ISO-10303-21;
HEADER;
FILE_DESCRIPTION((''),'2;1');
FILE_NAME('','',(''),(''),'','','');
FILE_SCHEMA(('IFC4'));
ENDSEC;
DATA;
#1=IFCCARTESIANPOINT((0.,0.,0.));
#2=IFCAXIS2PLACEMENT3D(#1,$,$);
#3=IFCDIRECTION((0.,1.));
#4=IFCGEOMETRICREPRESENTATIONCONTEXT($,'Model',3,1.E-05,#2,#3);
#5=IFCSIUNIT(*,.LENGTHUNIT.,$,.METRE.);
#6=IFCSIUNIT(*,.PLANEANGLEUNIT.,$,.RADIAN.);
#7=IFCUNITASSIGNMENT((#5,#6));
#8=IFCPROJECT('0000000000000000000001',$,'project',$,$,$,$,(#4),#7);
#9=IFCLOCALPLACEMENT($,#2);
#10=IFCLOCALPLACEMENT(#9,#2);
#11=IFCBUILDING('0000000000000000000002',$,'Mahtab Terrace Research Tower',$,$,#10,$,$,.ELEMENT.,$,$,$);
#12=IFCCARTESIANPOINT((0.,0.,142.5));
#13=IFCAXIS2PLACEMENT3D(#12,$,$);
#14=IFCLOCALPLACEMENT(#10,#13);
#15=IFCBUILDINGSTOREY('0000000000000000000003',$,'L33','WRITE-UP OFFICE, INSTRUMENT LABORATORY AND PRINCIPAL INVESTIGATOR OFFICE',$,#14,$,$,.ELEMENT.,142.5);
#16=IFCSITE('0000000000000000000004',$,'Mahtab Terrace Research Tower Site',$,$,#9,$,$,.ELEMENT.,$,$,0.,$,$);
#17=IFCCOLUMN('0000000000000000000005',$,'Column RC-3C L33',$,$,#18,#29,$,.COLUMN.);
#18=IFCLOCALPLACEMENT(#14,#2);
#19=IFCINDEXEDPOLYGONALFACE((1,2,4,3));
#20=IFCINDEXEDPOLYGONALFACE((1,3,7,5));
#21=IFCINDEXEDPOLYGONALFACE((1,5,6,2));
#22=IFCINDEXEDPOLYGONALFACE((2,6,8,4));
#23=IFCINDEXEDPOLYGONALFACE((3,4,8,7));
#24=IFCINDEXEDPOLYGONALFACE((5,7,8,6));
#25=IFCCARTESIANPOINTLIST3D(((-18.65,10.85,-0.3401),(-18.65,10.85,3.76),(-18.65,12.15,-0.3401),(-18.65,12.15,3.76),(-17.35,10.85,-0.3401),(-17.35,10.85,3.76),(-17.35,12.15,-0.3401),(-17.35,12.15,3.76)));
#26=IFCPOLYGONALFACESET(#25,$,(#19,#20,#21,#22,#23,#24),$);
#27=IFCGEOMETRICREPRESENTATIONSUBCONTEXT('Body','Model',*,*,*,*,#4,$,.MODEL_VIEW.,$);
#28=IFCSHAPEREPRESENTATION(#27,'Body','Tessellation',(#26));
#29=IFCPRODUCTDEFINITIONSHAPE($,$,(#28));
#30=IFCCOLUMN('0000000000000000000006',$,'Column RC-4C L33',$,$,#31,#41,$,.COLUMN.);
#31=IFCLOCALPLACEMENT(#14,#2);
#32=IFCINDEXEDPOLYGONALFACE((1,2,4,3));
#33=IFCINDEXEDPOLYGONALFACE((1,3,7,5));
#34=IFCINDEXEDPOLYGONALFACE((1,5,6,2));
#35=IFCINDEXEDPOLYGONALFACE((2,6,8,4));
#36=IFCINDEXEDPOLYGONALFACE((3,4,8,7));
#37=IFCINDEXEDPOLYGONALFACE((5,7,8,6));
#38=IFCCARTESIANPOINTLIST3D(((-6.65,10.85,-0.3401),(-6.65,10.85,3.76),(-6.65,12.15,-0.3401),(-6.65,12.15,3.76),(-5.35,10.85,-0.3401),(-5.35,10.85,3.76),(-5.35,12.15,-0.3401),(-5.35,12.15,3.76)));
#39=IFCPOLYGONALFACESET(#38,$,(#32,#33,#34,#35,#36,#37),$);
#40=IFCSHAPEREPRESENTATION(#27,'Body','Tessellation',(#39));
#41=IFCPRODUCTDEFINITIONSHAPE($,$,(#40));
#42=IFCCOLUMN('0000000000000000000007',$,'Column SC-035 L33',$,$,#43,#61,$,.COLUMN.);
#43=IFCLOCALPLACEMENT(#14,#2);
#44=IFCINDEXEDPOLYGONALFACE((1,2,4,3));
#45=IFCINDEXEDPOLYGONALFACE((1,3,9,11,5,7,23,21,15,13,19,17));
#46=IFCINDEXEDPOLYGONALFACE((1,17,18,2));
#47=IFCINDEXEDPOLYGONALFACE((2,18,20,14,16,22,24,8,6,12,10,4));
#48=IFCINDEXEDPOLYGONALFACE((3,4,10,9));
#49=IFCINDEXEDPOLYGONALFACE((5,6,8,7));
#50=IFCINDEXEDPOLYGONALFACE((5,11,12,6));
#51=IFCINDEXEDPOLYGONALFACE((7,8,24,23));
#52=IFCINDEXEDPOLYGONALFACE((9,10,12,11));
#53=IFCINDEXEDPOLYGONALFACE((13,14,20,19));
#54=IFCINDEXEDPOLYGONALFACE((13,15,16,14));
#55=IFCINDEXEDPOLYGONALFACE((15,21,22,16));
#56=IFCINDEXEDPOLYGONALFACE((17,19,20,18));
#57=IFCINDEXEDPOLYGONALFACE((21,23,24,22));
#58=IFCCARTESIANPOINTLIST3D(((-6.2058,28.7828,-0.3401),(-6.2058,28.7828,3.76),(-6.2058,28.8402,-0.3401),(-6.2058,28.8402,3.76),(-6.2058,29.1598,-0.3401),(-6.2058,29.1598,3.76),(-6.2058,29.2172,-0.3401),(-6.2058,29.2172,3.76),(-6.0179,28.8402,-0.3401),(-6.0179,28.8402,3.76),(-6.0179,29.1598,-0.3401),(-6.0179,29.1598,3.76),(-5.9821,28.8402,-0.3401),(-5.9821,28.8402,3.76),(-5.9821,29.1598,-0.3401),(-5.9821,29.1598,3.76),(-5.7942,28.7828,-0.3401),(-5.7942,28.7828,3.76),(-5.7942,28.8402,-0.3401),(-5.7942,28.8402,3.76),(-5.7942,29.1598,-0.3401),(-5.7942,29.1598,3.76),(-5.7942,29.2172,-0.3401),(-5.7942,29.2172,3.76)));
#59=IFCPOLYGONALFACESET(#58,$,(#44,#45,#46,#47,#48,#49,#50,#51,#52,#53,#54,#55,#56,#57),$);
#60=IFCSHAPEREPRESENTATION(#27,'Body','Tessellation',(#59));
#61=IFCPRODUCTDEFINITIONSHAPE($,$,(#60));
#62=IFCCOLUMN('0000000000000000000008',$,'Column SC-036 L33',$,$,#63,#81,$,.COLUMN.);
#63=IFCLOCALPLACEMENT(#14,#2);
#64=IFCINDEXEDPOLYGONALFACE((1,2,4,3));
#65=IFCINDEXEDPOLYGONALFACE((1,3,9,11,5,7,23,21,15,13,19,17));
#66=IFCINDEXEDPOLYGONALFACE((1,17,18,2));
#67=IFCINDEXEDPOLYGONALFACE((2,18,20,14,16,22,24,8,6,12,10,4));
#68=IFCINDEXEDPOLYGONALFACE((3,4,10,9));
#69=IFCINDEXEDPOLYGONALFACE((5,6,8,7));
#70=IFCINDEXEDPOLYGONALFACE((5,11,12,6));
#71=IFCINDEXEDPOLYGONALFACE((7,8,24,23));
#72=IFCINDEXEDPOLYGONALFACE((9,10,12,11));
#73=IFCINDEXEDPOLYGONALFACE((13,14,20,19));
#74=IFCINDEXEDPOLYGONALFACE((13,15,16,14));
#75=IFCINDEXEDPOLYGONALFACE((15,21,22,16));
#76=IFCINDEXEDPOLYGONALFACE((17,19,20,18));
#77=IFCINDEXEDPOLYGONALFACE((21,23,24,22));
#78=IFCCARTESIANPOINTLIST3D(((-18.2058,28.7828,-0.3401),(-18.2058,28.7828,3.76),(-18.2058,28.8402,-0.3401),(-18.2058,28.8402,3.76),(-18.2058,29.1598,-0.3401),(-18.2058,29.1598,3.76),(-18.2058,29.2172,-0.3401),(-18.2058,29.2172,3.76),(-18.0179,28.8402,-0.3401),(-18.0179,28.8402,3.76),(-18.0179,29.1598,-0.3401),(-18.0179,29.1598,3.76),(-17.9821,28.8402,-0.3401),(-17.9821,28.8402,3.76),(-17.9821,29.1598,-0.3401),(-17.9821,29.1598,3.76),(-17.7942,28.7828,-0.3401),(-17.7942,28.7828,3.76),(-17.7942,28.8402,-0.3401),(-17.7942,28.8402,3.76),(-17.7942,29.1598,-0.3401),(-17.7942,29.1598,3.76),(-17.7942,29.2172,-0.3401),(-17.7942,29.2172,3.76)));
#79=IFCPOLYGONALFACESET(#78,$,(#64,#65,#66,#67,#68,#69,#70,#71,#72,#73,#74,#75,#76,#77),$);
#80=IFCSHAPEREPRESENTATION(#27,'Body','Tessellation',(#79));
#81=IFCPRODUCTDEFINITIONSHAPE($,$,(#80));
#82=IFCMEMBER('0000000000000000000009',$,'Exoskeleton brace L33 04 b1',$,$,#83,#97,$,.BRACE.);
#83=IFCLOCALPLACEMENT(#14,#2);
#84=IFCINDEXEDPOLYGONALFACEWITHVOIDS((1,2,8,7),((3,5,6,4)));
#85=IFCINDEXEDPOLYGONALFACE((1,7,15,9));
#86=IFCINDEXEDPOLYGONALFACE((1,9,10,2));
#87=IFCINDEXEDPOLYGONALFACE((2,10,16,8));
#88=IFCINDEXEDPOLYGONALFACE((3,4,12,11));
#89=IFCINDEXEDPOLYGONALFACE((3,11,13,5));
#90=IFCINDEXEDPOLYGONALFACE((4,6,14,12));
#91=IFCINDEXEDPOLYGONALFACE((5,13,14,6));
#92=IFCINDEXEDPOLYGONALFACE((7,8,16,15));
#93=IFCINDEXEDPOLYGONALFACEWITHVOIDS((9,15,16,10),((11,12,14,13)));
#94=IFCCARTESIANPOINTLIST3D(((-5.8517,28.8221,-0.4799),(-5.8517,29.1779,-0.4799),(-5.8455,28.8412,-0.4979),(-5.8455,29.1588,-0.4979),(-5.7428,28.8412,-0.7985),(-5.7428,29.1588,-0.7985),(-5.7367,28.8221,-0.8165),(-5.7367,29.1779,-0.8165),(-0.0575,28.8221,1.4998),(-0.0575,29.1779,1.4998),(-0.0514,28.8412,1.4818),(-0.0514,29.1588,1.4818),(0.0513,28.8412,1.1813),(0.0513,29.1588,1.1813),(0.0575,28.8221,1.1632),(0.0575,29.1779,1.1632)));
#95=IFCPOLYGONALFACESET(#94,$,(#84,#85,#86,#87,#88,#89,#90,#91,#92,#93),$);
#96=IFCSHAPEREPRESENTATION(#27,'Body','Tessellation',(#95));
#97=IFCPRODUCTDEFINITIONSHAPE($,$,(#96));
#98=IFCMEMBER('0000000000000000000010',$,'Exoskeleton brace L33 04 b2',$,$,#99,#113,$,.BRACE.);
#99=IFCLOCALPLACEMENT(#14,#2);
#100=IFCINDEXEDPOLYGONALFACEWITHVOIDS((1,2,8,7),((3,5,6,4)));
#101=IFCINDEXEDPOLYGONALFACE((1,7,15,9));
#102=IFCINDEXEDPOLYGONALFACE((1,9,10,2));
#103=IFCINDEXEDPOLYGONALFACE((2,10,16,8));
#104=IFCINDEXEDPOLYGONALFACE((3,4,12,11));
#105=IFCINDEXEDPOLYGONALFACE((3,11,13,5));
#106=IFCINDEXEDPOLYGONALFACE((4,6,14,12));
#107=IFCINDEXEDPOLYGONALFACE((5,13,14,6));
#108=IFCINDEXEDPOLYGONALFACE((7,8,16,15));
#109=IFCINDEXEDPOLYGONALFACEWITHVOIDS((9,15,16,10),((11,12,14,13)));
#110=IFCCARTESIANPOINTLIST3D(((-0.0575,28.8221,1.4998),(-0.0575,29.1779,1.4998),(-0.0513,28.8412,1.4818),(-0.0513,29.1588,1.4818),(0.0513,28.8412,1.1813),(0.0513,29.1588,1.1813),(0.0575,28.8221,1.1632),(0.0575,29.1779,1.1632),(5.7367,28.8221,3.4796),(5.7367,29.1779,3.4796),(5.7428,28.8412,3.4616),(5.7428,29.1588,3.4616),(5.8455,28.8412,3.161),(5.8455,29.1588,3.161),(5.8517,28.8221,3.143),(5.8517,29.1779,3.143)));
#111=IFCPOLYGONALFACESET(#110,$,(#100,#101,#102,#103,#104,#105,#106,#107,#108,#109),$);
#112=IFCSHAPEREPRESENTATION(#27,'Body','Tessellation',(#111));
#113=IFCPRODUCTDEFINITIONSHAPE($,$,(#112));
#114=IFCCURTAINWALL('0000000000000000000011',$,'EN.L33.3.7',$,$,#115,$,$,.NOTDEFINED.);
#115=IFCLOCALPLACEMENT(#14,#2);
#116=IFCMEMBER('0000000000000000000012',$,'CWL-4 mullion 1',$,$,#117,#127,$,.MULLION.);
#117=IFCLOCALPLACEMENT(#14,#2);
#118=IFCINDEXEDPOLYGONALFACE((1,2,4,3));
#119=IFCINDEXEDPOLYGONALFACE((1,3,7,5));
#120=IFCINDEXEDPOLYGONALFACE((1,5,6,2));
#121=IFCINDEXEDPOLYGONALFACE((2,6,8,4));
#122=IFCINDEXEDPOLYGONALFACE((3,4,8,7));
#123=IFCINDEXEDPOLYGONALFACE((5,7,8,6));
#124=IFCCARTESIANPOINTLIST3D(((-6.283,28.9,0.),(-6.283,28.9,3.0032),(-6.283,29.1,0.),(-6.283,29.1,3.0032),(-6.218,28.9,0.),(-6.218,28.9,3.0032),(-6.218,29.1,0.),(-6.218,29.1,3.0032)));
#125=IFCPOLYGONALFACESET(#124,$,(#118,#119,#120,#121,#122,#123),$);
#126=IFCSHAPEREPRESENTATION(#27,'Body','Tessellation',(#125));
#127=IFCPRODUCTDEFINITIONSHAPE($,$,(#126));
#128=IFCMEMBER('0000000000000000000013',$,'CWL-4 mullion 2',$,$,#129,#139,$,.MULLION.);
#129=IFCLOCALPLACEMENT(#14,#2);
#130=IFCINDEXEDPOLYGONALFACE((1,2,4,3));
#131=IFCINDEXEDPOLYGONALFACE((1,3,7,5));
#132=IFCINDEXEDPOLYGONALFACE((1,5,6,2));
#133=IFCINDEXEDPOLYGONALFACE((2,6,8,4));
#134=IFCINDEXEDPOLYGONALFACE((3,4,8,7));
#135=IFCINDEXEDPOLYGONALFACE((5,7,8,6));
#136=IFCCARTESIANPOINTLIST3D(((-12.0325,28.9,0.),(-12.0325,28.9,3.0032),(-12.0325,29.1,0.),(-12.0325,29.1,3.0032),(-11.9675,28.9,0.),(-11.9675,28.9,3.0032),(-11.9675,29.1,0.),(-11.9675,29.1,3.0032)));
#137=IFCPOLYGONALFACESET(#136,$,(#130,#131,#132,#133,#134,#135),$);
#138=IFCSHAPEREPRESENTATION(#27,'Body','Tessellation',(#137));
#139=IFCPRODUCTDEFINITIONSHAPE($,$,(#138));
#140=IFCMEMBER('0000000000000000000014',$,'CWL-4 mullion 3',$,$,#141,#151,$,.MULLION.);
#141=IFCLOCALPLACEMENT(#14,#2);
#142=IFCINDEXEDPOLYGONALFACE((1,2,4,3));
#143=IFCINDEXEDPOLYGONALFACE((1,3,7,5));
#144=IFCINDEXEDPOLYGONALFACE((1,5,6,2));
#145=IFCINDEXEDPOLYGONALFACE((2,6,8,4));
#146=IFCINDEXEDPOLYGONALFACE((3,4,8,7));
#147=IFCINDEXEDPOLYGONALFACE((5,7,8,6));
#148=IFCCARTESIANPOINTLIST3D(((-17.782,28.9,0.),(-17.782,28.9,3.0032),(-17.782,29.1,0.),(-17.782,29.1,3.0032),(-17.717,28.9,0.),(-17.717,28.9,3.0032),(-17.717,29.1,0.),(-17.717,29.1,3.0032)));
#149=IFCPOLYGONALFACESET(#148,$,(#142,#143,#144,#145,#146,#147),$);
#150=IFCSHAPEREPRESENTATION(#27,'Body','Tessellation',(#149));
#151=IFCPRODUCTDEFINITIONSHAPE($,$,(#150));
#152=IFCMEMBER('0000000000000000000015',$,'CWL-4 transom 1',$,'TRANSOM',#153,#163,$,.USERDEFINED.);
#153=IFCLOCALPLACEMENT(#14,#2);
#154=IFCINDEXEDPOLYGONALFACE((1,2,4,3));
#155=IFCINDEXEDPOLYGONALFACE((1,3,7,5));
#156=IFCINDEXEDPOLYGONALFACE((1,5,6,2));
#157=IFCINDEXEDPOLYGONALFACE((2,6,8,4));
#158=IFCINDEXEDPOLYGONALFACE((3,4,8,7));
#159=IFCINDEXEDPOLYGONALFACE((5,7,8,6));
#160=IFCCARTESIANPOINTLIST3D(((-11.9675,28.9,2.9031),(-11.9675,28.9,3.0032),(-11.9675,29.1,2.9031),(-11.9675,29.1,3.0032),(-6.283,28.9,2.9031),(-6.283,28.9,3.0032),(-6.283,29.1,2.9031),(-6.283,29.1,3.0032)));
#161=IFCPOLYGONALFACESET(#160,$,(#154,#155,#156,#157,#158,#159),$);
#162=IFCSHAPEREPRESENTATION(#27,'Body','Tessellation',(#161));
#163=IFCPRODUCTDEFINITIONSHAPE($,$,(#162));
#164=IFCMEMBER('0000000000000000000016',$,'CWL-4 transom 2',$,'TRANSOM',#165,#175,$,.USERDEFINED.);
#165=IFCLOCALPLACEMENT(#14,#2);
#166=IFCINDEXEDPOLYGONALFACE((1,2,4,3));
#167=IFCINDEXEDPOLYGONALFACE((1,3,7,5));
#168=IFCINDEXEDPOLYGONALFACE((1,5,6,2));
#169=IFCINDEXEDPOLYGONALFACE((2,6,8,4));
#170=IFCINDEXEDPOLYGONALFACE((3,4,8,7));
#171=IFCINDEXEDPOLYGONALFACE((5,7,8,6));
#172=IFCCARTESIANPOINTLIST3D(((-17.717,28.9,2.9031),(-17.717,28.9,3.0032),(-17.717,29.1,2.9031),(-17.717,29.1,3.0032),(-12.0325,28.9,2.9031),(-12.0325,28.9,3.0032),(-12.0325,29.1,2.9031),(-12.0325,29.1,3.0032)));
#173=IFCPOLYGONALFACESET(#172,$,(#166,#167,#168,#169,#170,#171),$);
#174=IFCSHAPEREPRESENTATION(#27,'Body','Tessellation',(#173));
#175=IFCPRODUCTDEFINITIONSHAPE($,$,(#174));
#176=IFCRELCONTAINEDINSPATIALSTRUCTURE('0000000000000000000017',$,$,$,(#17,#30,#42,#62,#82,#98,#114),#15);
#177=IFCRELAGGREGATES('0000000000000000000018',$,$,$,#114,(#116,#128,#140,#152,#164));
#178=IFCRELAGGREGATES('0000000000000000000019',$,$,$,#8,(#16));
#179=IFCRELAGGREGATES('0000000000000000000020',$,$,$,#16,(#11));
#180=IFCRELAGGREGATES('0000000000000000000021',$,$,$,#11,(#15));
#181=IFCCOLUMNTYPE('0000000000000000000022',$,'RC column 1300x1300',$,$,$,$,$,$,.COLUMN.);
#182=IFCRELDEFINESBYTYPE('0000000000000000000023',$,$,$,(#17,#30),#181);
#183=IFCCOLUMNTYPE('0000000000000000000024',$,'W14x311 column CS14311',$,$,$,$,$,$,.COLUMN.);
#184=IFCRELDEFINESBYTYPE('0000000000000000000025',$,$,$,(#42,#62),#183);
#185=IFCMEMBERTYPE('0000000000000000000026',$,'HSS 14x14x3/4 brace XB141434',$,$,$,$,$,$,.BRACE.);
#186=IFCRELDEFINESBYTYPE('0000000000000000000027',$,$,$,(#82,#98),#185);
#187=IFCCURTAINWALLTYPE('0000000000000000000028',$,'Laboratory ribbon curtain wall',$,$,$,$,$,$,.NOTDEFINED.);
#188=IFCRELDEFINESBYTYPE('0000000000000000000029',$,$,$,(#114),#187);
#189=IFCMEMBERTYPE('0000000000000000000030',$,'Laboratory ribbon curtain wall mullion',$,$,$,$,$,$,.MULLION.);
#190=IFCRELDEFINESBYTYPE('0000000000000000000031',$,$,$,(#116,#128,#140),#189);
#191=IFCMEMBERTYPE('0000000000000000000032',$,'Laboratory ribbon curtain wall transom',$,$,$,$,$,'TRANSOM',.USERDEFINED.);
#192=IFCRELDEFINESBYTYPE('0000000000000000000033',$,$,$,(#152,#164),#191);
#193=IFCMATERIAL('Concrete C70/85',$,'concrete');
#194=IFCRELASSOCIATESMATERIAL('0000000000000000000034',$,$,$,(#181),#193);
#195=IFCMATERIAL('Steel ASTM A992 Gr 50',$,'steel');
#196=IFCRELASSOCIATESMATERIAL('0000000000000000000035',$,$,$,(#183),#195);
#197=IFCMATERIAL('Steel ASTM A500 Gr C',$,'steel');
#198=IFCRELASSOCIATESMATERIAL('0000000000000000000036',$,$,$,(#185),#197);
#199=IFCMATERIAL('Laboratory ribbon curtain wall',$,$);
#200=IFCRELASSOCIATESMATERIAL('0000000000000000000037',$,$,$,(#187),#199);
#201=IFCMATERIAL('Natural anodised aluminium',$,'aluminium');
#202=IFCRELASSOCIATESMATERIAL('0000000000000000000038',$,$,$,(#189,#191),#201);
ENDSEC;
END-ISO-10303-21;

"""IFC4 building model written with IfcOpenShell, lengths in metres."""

from ifc_helpers import new_model, si_unit, direction, frame, origin, origin_2d, place, context, subcontext, project, spatial, rectangle, hollow_rectangle, i_section, extrude, material, material_profile, profile_set, type_object, element, aggregate, save


model = new_model("IFC4")

# Units and contexts
model_context = context("Model", 3, precision=1e-05, world=origin(), true_north=direction((0.0, 1.0)))
body_context = subcontext(model_context, "Body", "Model", "MODEL_VIEW")
ifc_project = project(units=[si_unit("LENGTHUNIT", "METRE"), si_unit("PLANEANGLEUNIT", "RADIAN")], contexts=[model_context])

# Site, building, storey
site_placement = place(None, origin())
site = spatial("IfcSite", under=ifc_project, at=site_placement, Name="Mahtab Terrace Research Tower Site", CompositionType="ELEMENT", RefElevation=0.0)
building_placement = place(site_placement, origin())
building = spatial("IfcBuilding", under=site, at=building_placement, Name="Mahtab Terrace Research Tower", CompositionType="ELEMENT")
storey_placement = place(building_placement, frame((0.0, 0.0, 142.5)))
storey = spatial("IfcBuildingStorey", under=building, at=storey_placement, Name="L33", Description="WRITE-UP OFFICE, INSTRUMENT LABORATORY AND PRINCIPAL INVESTIGATOR OFFICE", CompositionType="ELEMENT", Elevation=142.5)

# Columns
ifc_material_1 = material(Name="Concrete C70/85", Category="concrete")
ifc_material_profile_1 = material_profile(ifc_material_1, rectangle(XDim=1.3, YDim=1.3, at=origin_2d()), Name="RC column 1300x1300")
ifc_profile_set_1 = profile_set([ifc_material_profile_1], Name="Concrete C70/85")
column_type_1 = type_object("IfcColumnType", Name="RC column 1300x1300", PredefinedType="COLUMN", material=ifc_profile_set_1)
for number, where, z_axis, x_axis, name in (
    (1, (-18.0, 11.5, -0.3401), (0.0, 0.0, 1.0), (1.0, 0.0, 0.0), "Column RC-3C L33"),
    (2, (-6.0, 11.5, -0.3401), (0.0, 0.0, 1.0), (1.0, 0.0, 0.0), "Column RC-4C L33"),
):
    element("IfcColumn", number, at=place(storey_placement, frame(where, z_axis=z_axis, x_axis=x_axis)), inside=storey, type_object=column_type_1, Name=name, PredefinedType="COLUMN", context=body_context, shape_type="SweptSolid", body=[
        extrude(rectangle(XDim=1.3, YDim=1.3, at=origin_2d()), origin(), (0.0, 0.0, 1.0), 4.1001),
    ])
ifc_material_2 = material(Name="Steel ASTM A992 Gr 50", Category="steel")
ifc_material_profile_2 = material_profile(ifc_material_2, i_section(OverallWidth=0.4116, OverallDepth=0.4343, WebThickness=0.0359, FlangeThickness=0.0574, at=origin_2d()), Name="W14X311")
ifc_profile_set_2 = profile_set([ifc_material_profile_2], Name="Steel ASTM A992 Gr 50")
column_type_2 = type_object("IfcColumnType", Name="W14x311 column CS14311", PredefinedType="COLUMN", material=ifc_profile_set_2)
for number, where, z_axis, x_axis, name in (
    (3, (-6.0, 29.0, -0.3401), (0.0, 0.0, 1.0), (1.0, 0.0, 0.0), "Column SC-035 L33"),
    (4, (-18.0, 29.0, -0.3401), (0.0, 0.0, 1.0), (1.0, 0.0, 0.0), "Column SC-036 L33"),
):
    element("IfcColumn", number, at=place(storey_placement, frame(where, z_axis=z_axis, x_axis=x_axis)), inside=storey, type_object=column_type_2, Name=name, PredefinedType="COLUMN", context=body_context, shape_type="SweptSolid", body=[
        extrude(i_section(OverallWidth=0.4116, OverallDepth=0.4343, WebThickness=0.0359, FlangeThickness=0.0574, at=origin_2d()), origin(), (0.0, 0.0, 1.0), 4.1001),
    ])

# Members
ifc_material_3 = material(Name="Steel ASTM A500 Gr C", Category="steel")
ifc_material_profile_3 = material_profile(ifc_material_3, hollow_rectangle(XDim=0.3557, YDim=0.3557, WallThickness=0.019, at=origin_2d()), Name="HSS14X14X3/4")
ifc_profile_set_3 = profile_set([ifc_material_profile_3], Name="Steel ASTM A500 Gr C")
member_type_1 = type_object("IfcMemberType", Name="HSS 14x14x3/4 brace XB141434", PredefinedType="BRACE", material=ifc_profile_set_3)
for number, where, z_axis, x_axis, name in (
    (5, (-5.7942, 29.0, -0.6482), (0.946288, 0.0, 0.323324), (0.0, 1.0, 0.0), "Exoskeleton brace L33 04 b1"),
    (6, (0.0, 29.0, 1.3315), (0.946288, 0.0, 0.323324), (0.0, 1.0, 0.0), "Exoskeleton brace L33 04 b2"),
):
    element("IfcMember", number, at=place(storey_placement, frame(where, z_axis=z_axis, x_axis=x_axis)), inside=storey, type_object=member_type_1, Name=name, PredefinedType="BRACE", context=body_context, shape_type="SweptSolid", body=[
        extrude(hollow_rectangle(XDim=0.3557, YDim=0.3557, WallThickness=0.019, at=origin_2d()), origin(), (0.0, 0.0, 1.0), 6.123),
    ])

# Curtain wall, members
ifc_material_4 = material(Name="Laboratory ribbon curtain wall")
curtain_wall_type = type_object("IfcCurtainWallType", Name="Laboratory ribbon curtain wall", PredefinedType="NOTDEFINED", material=ifc_material_4)
curtain_wall_placement = place(storey_placement, origin())
curtain_wall = element("IfcCurtainWall", 7, at=curtain_wall_placement, inside=storey, type_object=curtain_wall_type, Name="EN.L33.3.7", PredefinedType="NOTDEFINED")
ifc_material_5 = material(Name="Natural anodised aluminium", Category="aluminium")
ifc_material_profile_4 = material_profile(ifc_material_5, rectangle(XDim=0.2, YDim=0.0649, at=origin_2d()), Name="MULLION 65x200")
ifc_profile_set_4 = profile_set([ifc_material_profile_4], Name="Natural anodised aluminium")
member_type_2 = type_object("IfcMemberType", Name="Laboratory ribbon curtain wall mullion", PredefinedType="MULLION", material=ifc_profile_set_4)
member_1_placement = place(storey_placement, frame((-6.2505, 29.0, 0.0), z_axis=(0.0, 0.0, 1.0), x_axis=(0.0, -1.0, 0.0)))
member_1 = element("IfcMember", 8, at=member_1_placement, type_object=member_type_2, Name="CWL-4 mullion 1", PredefinedType="MULLION", context=body_context, shape_type="SweptSolid", body=[
    extrude(rectangle(XDim=0.2, YDim=0.0649, at=origin_2d()), origin(), (0.0, 0.0, 1.0), 3.0032),
])
member_2_placement = place(storey_placement, frame((-12.0, 29.0, 0.0), z_axis=(0.0, 0.0, 1.0), x_axis=(0.0, -1.0, 0.0)))
member_2 = element("IfcMember", 9, at=member_2_placement, type_object=member_type_2, Name="CWL-4 mullion 2", PredefinedType="MULLION", context=body_context, shape_type="SweptSolid", body=[
    extrude(rectangle(XDim=0.2, YDim=0.0649, at=origin_2d()), origin(), (0.0, 0.0, 1.0), 3.0032),
])
member_3_placement = place(storey_placement, frame((-17.7495, 29.0, 0.0), z_axis=(0.0, 0.0, 1.0), x_axis=(0.0, -1.0, 0.0)))
member_3 = element("IfcMember", 10, at=member_3_placement, type_object=member_type_2, Name="CWL-4 mullion 3", PredefinedType="MULLION", context=body_context, shape_type="SweptSolid", body=[
    extrude(rectangle(XDim=0.2, YDim=0.0649, at=origin_2d()), origin(), (0.0, 0.0, 1.0), 3.0032),
])
ifc_material_profile_5 = material_profile(ifc_material_5, rectangle(XDim=0.2, YDim=0.1001, at=origin_2d()), Name="TRANSOM 100x200")
ifc_profile_set_5 = profile_set([ifc_material_profile_5], Name="Natural anodised aluminium")
member_type_3 = type_object("IfcMemberType", Name="Laboratory ribbon curtain wall transom", ElementType="TRANSOM", PredefinedType="USERDEFINED", material=ifc_profile_set_5)
member_4_placement = place(storey_placement, frame((-6.283, 29.0, 2.9531), z_axis=(-1.0, 0.0, 0.0), x_axis=(0.0, -1.0, 0.0)))
member_4 = element("IfcMember", 11, at=member_4_placement, type_object=member_type_3, Name="CWL-4 transom 1", ObjectType="TRANSOM", PredefinedType="USERDEFINED", context=body_context, shape_type="SweptSolid", body=[
    extrude(rectangle(XDim=0.2, YDim=0.1001, at=origin_2d()), origin(), (0.0, 0.0, 1.0), 5.6846),
])
member_5_placement = place(storey_placement, frame((-12.0325, 29.0, 2.9531), z_axis=(-1.0, 0.0, 0.0), x_axis=(0.0, -1.0, 0.0)))
member_5 = element("IfcMember", 12, at=member_5_placement, type_object=member_type_3, Name="CWL-4 transom 2", ObjectType="TRANSOM", PredefinedType="USERDEFINED", context=body_context, shape_type="SweptSolid", body=[
    extrude(rectangle(XDim=0.2, YDim=0.1001, at=origin_2d()), origin(), (0.0, 0.0, 1.0), 5.6846),
])

aggregate(curtain_wall, [member_1, member_2, member_3, member_4, member_5])

save(model, "model.ifc")
